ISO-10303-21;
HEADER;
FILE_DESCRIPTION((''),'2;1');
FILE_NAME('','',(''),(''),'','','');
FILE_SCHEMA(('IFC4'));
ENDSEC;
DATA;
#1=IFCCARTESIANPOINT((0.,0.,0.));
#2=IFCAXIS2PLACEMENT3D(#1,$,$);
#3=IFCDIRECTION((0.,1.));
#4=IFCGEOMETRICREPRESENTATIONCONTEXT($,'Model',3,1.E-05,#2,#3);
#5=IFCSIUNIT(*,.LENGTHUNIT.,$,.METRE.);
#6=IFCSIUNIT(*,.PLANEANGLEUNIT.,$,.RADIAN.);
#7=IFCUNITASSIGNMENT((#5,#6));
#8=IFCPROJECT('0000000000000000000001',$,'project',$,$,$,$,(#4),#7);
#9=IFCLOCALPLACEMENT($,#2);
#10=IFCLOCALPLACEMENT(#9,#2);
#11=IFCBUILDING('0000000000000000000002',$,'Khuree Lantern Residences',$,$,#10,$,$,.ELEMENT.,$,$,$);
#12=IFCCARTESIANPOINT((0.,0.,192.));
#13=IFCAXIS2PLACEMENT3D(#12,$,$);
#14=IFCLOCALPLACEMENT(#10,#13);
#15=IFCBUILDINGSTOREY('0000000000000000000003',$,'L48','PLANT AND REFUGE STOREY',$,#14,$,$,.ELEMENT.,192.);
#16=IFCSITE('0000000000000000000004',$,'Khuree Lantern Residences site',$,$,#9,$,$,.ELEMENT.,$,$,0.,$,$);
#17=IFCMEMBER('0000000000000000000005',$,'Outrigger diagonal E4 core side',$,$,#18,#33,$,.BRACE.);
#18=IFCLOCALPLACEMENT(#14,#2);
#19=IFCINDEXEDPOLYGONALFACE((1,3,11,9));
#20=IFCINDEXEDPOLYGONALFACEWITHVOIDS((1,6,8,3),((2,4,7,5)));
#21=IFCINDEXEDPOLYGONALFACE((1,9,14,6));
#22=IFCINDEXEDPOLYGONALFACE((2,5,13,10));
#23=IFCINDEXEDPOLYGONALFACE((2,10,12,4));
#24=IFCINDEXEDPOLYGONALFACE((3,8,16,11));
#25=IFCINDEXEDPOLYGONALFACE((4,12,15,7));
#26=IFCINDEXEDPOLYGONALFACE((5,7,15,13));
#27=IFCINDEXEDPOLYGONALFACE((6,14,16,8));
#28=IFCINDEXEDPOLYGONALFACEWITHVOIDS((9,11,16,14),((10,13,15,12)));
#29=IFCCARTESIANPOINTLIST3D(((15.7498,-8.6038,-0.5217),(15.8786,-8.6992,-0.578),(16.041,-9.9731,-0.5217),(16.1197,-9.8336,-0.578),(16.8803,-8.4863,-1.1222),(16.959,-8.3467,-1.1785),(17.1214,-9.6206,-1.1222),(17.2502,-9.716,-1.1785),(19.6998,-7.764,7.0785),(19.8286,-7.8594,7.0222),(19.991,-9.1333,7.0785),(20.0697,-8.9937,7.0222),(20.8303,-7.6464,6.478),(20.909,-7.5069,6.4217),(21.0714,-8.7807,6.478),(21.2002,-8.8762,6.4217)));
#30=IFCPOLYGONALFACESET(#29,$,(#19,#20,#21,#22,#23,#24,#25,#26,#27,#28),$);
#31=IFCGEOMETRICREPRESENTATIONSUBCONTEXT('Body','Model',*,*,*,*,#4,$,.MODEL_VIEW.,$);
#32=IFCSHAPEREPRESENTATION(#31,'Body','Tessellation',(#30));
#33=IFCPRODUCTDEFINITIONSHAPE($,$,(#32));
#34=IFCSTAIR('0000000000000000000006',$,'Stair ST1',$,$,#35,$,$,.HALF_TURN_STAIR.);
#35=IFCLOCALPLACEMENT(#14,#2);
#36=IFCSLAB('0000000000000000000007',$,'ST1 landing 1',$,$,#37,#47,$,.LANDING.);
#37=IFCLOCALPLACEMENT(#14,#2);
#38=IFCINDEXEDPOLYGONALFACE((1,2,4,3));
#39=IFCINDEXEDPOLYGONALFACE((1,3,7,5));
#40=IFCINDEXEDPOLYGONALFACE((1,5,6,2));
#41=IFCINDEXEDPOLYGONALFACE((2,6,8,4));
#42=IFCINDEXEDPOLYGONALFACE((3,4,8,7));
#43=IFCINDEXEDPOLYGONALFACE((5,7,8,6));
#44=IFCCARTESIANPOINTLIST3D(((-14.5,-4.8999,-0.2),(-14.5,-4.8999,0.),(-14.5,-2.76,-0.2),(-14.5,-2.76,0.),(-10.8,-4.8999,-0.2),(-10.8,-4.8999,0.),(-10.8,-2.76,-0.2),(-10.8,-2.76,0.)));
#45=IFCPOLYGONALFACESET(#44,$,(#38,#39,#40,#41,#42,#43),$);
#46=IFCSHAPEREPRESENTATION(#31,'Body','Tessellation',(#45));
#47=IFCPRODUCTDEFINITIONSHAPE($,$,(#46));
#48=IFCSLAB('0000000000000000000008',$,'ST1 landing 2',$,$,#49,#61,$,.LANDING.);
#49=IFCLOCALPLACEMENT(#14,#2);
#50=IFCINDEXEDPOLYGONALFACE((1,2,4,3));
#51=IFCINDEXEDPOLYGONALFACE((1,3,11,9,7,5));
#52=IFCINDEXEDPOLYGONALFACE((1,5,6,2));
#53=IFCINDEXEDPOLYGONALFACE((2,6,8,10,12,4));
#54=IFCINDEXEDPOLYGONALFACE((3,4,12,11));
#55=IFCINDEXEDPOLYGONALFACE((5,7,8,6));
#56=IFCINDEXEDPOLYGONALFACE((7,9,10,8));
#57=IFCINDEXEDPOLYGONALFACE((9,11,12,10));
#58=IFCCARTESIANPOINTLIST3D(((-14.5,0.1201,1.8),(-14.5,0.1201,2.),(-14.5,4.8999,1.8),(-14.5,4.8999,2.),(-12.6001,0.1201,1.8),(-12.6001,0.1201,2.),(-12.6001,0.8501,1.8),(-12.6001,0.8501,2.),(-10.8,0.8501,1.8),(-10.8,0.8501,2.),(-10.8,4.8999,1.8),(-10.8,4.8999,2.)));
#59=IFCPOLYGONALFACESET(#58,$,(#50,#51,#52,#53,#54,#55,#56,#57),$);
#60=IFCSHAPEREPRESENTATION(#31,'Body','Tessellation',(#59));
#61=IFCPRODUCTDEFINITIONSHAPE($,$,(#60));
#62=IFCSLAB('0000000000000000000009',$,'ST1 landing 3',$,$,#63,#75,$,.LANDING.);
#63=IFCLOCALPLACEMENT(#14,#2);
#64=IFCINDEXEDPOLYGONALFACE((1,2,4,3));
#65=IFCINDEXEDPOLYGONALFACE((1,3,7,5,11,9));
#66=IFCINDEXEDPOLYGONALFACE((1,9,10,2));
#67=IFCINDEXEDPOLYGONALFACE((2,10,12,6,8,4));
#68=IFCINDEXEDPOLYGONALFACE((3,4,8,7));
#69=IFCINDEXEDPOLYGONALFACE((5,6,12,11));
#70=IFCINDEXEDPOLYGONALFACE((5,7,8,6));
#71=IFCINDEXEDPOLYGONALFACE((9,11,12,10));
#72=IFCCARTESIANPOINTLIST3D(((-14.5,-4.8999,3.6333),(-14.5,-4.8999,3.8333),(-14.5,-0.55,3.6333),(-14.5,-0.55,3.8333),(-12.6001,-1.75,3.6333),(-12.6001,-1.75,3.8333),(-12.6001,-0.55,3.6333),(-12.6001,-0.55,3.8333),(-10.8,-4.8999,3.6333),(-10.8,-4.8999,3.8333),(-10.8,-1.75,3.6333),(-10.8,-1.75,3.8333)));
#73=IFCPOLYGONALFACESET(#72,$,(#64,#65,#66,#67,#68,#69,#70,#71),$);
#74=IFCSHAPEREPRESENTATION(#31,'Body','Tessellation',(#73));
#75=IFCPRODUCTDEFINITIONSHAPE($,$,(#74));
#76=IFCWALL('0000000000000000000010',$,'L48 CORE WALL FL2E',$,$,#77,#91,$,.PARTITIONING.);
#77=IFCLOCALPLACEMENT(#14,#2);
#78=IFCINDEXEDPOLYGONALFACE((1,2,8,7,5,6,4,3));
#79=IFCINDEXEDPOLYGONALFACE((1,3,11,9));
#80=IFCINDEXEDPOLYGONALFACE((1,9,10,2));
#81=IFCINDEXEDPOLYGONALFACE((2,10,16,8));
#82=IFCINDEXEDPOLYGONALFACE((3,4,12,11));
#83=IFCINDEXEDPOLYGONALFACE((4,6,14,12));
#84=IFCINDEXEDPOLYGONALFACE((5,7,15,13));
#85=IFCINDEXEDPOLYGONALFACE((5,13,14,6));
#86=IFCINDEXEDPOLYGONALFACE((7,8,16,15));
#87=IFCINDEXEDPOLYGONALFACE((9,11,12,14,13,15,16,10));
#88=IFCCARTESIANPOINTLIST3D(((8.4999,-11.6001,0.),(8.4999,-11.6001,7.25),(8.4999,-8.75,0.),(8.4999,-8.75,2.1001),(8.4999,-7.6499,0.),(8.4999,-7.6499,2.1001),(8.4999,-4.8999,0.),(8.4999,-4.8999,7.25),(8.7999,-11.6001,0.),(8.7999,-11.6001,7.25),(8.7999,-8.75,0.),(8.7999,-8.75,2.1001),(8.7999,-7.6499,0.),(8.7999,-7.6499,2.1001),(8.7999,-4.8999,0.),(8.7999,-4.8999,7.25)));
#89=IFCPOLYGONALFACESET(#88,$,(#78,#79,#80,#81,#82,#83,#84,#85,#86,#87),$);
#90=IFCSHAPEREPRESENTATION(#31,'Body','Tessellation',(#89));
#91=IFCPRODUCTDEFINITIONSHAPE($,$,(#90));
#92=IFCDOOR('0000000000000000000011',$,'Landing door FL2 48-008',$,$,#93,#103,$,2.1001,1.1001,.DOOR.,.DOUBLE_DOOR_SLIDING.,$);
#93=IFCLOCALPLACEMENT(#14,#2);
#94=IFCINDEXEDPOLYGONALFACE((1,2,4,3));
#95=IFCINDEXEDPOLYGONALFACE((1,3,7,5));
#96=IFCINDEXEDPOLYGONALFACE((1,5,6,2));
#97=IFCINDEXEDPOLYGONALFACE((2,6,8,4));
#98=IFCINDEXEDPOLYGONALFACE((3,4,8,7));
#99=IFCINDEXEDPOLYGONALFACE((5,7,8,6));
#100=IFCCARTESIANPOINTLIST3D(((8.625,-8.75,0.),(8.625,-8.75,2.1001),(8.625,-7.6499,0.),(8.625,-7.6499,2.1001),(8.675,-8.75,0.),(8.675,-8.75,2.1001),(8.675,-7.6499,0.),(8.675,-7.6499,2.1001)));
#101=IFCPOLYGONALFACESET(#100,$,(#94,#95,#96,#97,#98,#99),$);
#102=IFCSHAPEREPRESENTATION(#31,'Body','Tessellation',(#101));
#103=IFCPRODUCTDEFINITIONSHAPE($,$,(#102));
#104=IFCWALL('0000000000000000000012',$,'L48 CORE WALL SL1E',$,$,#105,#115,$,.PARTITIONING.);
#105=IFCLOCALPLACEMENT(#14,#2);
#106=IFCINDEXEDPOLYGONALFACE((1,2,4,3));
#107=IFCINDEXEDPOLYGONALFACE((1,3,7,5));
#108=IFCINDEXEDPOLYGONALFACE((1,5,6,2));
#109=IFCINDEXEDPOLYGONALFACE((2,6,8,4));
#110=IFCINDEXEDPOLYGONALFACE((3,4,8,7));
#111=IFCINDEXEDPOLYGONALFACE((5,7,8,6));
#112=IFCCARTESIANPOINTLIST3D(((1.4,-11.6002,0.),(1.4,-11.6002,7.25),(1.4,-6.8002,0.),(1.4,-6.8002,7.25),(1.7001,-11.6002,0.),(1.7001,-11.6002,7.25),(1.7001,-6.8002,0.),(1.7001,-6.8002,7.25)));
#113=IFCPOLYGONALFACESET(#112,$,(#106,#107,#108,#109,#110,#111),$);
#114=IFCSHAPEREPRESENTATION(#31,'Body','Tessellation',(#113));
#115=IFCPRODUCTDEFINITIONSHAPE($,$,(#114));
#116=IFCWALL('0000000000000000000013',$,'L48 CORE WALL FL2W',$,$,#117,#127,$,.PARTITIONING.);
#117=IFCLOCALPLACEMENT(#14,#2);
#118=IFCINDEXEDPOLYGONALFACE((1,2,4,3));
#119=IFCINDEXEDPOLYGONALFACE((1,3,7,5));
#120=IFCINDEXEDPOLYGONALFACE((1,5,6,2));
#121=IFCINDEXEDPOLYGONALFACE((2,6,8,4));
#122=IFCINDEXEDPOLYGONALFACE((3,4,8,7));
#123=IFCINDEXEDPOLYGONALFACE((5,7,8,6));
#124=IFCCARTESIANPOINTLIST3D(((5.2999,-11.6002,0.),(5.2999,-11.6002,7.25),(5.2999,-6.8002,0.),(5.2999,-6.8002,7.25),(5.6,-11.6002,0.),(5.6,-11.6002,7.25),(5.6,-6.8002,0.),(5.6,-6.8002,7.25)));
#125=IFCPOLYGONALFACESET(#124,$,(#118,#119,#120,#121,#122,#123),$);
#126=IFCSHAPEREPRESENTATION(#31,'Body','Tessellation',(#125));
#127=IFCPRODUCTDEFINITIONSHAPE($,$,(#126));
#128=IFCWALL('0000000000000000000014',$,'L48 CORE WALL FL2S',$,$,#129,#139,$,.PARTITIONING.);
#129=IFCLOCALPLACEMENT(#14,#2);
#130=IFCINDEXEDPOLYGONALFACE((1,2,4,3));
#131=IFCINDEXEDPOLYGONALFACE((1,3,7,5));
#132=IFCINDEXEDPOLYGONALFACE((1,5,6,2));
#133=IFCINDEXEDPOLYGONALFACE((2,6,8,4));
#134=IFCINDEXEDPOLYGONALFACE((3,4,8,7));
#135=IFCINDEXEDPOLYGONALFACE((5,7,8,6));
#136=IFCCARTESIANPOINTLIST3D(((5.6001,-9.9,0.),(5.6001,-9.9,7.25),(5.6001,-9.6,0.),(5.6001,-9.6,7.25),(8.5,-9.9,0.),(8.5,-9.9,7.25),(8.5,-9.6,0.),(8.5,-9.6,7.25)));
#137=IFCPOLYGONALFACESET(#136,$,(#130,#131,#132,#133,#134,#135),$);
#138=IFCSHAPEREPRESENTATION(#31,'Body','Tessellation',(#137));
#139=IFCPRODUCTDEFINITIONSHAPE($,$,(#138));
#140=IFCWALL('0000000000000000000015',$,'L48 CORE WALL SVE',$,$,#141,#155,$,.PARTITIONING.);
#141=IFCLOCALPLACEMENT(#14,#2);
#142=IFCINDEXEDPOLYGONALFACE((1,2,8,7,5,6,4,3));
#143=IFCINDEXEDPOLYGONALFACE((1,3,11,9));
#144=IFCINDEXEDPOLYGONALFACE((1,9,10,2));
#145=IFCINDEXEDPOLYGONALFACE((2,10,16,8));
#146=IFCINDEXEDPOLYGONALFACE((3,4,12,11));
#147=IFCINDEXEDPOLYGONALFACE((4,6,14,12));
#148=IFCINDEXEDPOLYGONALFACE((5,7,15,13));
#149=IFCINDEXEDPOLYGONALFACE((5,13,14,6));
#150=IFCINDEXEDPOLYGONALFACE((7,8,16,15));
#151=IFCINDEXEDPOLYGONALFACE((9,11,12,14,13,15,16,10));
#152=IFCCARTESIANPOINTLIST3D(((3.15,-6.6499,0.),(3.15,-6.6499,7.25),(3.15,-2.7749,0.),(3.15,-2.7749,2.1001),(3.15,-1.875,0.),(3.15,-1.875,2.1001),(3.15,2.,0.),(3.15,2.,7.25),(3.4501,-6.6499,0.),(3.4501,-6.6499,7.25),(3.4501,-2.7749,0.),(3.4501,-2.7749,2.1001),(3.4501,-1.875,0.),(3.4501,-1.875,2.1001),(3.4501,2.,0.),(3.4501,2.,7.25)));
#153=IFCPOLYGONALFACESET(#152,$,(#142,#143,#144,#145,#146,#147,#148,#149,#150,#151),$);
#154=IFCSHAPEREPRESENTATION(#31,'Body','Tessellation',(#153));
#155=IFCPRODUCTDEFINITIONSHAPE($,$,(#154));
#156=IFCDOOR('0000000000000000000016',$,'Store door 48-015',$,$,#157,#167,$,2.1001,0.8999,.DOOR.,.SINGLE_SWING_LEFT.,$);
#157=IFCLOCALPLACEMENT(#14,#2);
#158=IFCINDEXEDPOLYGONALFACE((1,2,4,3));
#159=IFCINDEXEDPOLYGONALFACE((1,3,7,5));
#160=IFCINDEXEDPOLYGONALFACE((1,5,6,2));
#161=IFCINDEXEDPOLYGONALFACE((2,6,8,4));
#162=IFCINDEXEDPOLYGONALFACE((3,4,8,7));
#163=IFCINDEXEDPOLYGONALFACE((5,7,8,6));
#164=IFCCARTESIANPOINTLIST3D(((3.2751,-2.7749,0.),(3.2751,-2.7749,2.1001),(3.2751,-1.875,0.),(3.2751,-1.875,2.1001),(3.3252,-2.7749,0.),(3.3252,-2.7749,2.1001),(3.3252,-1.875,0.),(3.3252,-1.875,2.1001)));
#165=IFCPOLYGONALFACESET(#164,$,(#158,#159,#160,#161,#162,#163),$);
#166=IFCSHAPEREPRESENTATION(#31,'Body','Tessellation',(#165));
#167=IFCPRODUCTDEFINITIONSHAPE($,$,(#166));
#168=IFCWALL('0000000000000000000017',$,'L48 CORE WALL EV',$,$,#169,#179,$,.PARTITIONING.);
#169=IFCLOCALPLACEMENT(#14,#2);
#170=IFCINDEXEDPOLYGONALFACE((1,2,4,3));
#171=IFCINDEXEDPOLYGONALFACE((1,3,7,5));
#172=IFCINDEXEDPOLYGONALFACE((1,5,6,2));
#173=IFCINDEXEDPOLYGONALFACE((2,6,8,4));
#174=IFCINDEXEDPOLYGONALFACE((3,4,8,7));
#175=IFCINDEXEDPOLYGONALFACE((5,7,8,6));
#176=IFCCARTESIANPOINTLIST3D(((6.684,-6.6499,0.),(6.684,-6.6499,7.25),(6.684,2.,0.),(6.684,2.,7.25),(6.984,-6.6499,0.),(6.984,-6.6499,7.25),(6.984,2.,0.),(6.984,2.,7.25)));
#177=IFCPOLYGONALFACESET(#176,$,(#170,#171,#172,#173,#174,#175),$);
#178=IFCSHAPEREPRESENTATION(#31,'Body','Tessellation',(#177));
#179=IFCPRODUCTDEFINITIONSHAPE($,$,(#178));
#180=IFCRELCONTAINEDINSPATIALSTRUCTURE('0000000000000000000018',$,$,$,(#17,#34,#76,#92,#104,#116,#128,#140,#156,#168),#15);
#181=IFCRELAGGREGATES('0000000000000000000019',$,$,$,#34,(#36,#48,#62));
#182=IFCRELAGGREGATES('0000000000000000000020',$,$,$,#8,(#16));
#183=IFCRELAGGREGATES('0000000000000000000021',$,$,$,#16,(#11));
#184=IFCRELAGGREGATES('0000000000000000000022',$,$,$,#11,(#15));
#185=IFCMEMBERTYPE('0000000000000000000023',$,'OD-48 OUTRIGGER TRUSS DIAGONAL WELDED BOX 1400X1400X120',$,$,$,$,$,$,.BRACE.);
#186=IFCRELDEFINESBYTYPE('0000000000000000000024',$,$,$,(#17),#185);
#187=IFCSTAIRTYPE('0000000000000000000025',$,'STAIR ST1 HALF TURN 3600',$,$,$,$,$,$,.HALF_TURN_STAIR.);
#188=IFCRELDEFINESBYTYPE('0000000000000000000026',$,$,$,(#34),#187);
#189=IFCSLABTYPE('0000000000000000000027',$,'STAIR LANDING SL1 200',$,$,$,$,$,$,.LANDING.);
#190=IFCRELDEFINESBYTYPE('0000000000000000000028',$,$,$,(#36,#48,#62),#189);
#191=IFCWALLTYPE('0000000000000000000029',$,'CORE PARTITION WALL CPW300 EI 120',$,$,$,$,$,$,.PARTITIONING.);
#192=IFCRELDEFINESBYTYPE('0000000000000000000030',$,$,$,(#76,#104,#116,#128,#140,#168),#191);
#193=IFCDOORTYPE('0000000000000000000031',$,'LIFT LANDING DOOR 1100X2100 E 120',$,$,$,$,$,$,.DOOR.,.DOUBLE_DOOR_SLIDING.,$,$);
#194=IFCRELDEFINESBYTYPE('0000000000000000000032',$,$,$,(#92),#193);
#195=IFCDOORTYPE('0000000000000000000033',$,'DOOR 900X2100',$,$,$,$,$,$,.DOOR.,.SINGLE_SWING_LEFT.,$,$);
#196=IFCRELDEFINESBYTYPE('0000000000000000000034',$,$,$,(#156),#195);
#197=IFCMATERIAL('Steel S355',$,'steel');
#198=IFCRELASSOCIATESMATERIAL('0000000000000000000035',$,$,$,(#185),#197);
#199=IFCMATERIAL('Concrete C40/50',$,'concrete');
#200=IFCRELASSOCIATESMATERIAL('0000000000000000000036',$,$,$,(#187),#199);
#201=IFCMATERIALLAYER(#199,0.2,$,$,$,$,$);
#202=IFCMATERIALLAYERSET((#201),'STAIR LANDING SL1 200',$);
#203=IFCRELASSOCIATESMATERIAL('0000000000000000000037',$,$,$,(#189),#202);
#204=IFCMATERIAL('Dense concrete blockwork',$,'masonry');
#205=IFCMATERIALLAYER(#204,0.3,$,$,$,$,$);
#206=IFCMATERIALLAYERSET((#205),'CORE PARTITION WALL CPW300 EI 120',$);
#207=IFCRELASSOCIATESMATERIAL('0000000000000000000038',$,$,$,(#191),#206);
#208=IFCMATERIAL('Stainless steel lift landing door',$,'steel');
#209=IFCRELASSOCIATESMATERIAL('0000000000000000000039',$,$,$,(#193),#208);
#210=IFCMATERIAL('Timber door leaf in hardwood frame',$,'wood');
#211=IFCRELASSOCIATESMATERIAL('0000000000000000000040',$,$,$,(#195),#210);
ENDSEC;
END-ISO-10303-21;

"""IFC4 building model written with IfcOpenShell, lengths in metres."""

from ifc_helpers import new_model, si_unit, direction, frame, frame_2d, origin, origin_2d, place, context, subcontext, project, spatial, polyline, rectangle, hollow_rectangle, outline, extrude, material, layer, layer_set, material_profile, profile_set, type_object, element, fill, aggregate, save


model = new_model("IFC4")

# Units and contexts
model_context = context("Model", 3, precision=1e-05, world=origin(), true_north=direction((0.0, 1.0)))
body_context = subcontext(model_context, "Body", "Model", "MODEL_VIEW")
ifc_project = project(units=[si_unit("LENGTHUNIT", "METRE"), si_unit("PLANEANGLEUNIT", "RADIAN")], contexts=[model_context])

# Site, building, storey
site_placement = place(None, origin())
site = spatial("IfcSite", under=ifc_project, at=site_placement, Name="Khuree Lantern Residences site", CompositionType="ELEMENT", RefElevation=0.0)
building_placement = place(site_placement, origin())
building = spatial("IfcBuilding", under=site, at=building_placement, Name="Khuree Lantern Residences", CompositionType="ELEMENT")
storey_placement = place(building_placement, frame((0.0, 0.0, 192.0)))
storey = spatial("IfcBuildingStorey", under=building, at=storey_placement, Name="L48", Description="PLANT AND REFUGE STOREY", CompositionType="ELEMENT", Elevation=192.0)

# Member
ifc_material_1 = material(Name="Steel S355", Category="steel")
ifc_material_profile = material_profile(ifc_material_1, hollow_rectangle(XDim=1.3999, YDim=1.3999, WallThickness=0.1201, at=origin_2d()), Name="WELDED BOX 1400X1400X120")
ifc_profile_set = profile_set([ifc_material_profile], Name="Steel S355")
member_type = type_object("IfcMemberType", Name="OD-48 OUTRIGGER TRUSS DIAGONAL WELDED BOX 1400X1400X120", PredefinedType="BRACE", material=ifc_profile_set)
member_placement = place(storey_placement, frame((16.5, -9.1599, -0.8501), z_axis=(0.458959, 0.097584, 0.883082), x_axis=(-0.207972, 0.978135, 0.0)))
element("IfcMember", 1, at=member_placement, inside=storey, type_object=member_type, Name="Outrigger diagonal E4 core side", PredefinedType="BRACE", context=body_context, shape_type="SweptSolid", body=[
    extrude(hollow_rectangle(XDim=1.3999, YDim=1.3999, WallThickness=0.1201, at=origin_2d()), origin(), (0.0, 0.0, 1.0), 8.6064),
])

# Stair, slabs
ifc_material_2 = material(Name="Concrete C40/50", Category="concrete")
stair_type = type_object("IfcStairType", Name="STAIR ST1 HALF TURN 3600", PredefinedType="HALF_TURN_STAIR", material=ifc_material_2)
stair_1_placement = place(storey_placement, origin())
stair_1 = element("IfcStair", 2, at=stair_1_placement, inside=storey, type_object=stair_type, Name="Stair ST1", PredefinedType="HALF_TURN_STAIR")
ifc_layer_1 = layer(ifc_material_2, 0.2)
ifc_layer_set_1 = layer_set([ifc_layer_1], Name="STAIR LANDING SL1 200")
slab_type = type_object("IfcSlabType", Name="STAIR LANDING SL1 200", PredefinedType="LANDING", material=ifc_layer_set_1)
slab_1_placement = place(storey_placement, frame((0.0, 0.0, -0.2)))
slab_1 = element("IfcSlab", 3, at=slab_1_placement, type_object=slab_type, Name="ST1 landing 1", PredefinedType="LANDING", context=body_context, shape_type="SweptSolid", body=[
    extrude(outline(polyline([(-14.5, -4.8999), (-10.8, -4.8999), (-10.8, -2.76), (-14.5, -2.76), (-14.5, -4.8999)])), origin(), (0.0, 0.0, 1.0), 0.2),
])
slab_2_placement = place(storey_placement, frame((0.0, 0.0, 1.8)))
slab_2 = element("IfcSlab", 4, at=slab_2_placement, type_object=slab_type, Name="ST1 landing 2", PredefinedType="LANDING", context=body_context, shape_type="SweptSolid", body=[
    extrude(outline(polyline([(-12.6001, 0.1201), (-14.5, 0.1201), (-14.5, 4.8999), (-10.8, 4.8999), (-10.8, 0.8501), (-12.6001, 0.8501), (-12.6001, 0.1201)])), origin(), (0.0, 0.0, 1.0), 0.2),
])
slab_3_placement = place(storey_placement, frame((0.0, 0.0, 3.6333)))
slab_3 = element("IfcSlab", 5, at=slab_3_placement, type_object=slab_type, Name="ST1 landing 3", PredefinedType="LANDING", context=body_context, shape_type="SweptSolid", body=[
    extrude(outline(polyline([(-10.8, -1.75), (-10.8, -4.8999), (-14.5, -4.8999), (-14.5, -0.55), (-12.6001, -0.55), (-12.6001, -1.75), (-10.8, -1.75)])), origin(), (0.0, 0.0, 1.0), 0.2),
])
aggregate(stair_1, [slab_1, slab_2, slab_3])

# Wall, opening, door
ifc_material_3 = material(Name="Dense concrete blockwork", Category="masonry")
ifc_layer_2 = layer(ifc_material_3, 0.3)
ifc_layer_set_2 = layer_set([ifc_layer_2], Name="CORE PARTITION WALL CPW300 EI 120")
wall_type_1 = type_object("IfcWallType", Name="CORE PARTITION WALL CPW300 EI 120", PredefinedType="PARTITIONING", material=ifc_layer_set_2)
wall_1_placement = place(storey_placement, frame((8.6499, -11.6001, 0.0), z_axis=(0.0, 0.0, 1.0), x_axis=(0.0, 1.0, 0.0)))
wall_1 = element("IfcWall", 6, at=wall_1_placement, inside=storey, type_object=wall_type_1, Name="L48 CORE WALL FL2E", PredefinedType="PARTITIONING", context=body_context, shape_type="SweptSolid", body=[
    extrude(rectangle(XDim=6.7002, YDim=0.3, at=frame_2d((3.3501, 0.0))), origin(), (0.0, 0.0, 1.0), 7.25),
])
opening_1_placement = place(wall_1_placement, frame((2.8501, 0.0, 0.0)))
opening_1 = element("IfcOpeningElement", 7, at=opening_1_placement, cuts=wall_1, PredefinedType="OPENING", context=body_context, shape_type="SweptSolid", body=[
    extrude(rectangle(XDim=1.1001, YDim=2.1001, at=frame_2d((0.55, 1.05))), frame((0.0, 0.1602, 0.0), z_axis=(0.0, -1.0, 0.0), x_axis=(1.0, 0.0, 0.0)), (0.0, 0.0, 1.0), 0.3201),
])
ifc_material_4 = material(Name="Stainless steel lift landing door", Category="steel")
door_type_1 = type_object("IfcDoorType", Name="LIFT LANDING DOOR 1100X2100 E 120", OperationType="DOUBLE_DOOR_SLIDING", PredefinedType="DOOR", material=ifc_material_4)
door_1_placement = place(opening_1_placement, origin())
door_1 = element("IfcDoor", 8, at=door_1_placement, inside=storey, type_object=door_type_1, Name="Landing door FL2 48-008", OperationType="DOUBLE_DOOR_SLIDING", OverallHeight=2.1001, OverallWidth=1.1001, PredefinedType="DOOR", context=body_context, shape_type="SweptSolid", body=[
    extrude(rectangle(XDim=1.1001, YDim=2.1001, at=frame_2d((0.55, 1.05))), frame((0.0, 0.0249, 0.0), z_axis=(0.0, -1.0, 0.0), x_axis=(1.0, 0.0, 0.0)), (0.0, 0.0, 1.0), 0.05),
])
fill(opening_1, door_1)

# Walls
for number, where, z_axis, x_axis, name in (
    (9, (1.55, -11.6001, 0.0), (0.0, 0.0, 1.0), (0.0, 1.0, 0.0), "L48 CORE WALL SL1E"),
    (10, (5.45, -11.6001, 0.0), (0.0, 0.0, 1.0), (0.0, 1.0, 0.0), "L48 CORE WALL FL2W"),
):
    element("IfcWall", number, at=place(storey_placement, frame(where, z_axis=z_axis, x_axis=x_axis)), inside=storey, type_object=wall_type_1, Name=name, PredefinedType="PARTITIONING", context=body_context, shape_type="SweptSolid", body=[
        extrude(rectangle(XDim=4.8, YDim=0.3, at=frame_2d((2.3999, 0.0))), origin(), (0.0, 0.0, 1.0), 7.25),
    ])
wall_2_placement = place(storey_placement, frame((5.6001, -9.75, 0.0), z_axis=(0.0, 0.0, 1.0), x_axis=(1.0, 0.0, 0.0)))
element("IfcWall", 11, at=wall_2_placement, inside=storey, type_object=wall_type_1, Name="L48 CORE WALL FL2S", PredefinedType="PARTITIONING", context=body_context, shape_type="SweptSolid", body=[
    extrude(rectangle(XDim=2.8999, YDim=0.3, at=frame_2d((1.45, 0.0))), origin(), (0.0, 0.0, 1.0), 7.25),
])

# Wall, opening, door
wall_3_placement = place(storey_placement, frame((3.3, -6.6499, 0.0), z_axis=(0.0, 0.0, 1.0), x_axis=(0.0, 1.0, 0.0)))
wall_3 = element("IfcWall", 12, at=wall_3_placement, inside=storey, type_object=wall_type_1, Name="L48 CORE WALL SVE", PredefinedType="PARTITIONING", context=body_context, shape_type="SweptSolid", body=[
    extrude(rectangle(XDim=8.6499, YDim=0.3, at=frame_2d((4.325, 0.0))), origin(), (0.0, 0.0, 1.0), 7.25),
])
opening_2_placement = place(wall_3_placement, frame((3.875, 0.0, 0.0)))
opening_2 = element("IfcOpeningElement", 13, at=opening_2_placement, cuts=wall_3, PredefinedType="OPENING", context=body_context, shape_type="SweptSolid", body=[
    extrude(rectangle(XDim=0.8999, YDim=2.1001, at=frame_2d((0.45, 1.05))), frame((0.0, 0.1602, 0.0), z_axis=(0.0, -1.0, 0.0), x_axis=(1.0, 0.0, 0.0)), (0.0, 0.0, 1.0), 0.3201),
])
ifc_material_5 = material(Name="Timber door leaf in hardwood frame", Category="wood")
door_type_2 = type_object("IfcDoorType", Name="DOOR 900X2100", OperationType="SINGLE_SWING_LEFT", PredefinedType="DOOR", material=ifc_material_5)
door_2_placement = place(opening_2_placement, origin())
door_2 = element("IfcDoor", 14, at=door_2_placement, inside=storey, type_object=door_type_2, Name="Store door 48-015", OperationType="SINGLE_SWING_LEFT", OverallHeight=2.1001, OverallWidth=0.8999, PredefinedType="DOOR", context=body_context, shape_type="SweptSolid", body=[
    extrude(rectangle(XDim=0.8999, YDim=2.1001, at=frame_2d((0.45, 1.05))), frame((0.0, 0.0249, 0.0), z_axis=(0.0, -1.0, 0.0), x_axis=(1.0, 0.0, 0.0)), (0.0, 0.0, 1.0), 0.05),
])
fill(opening_2, door_2)

# Wall
wall_4_placement = place(storey_placement, frame((6.834, -6.6499, 0.0), z_axis=(0.0, 0.0, 1.0), x_axis=(0.0, 1.0, 0.0)))
element("IfcWall", 15, at=wall_4_placement, inside=storey, type_object=wall_type_1, Name="L48 CORE WALL EV", PredefinedType="PARTITIONING", context=body_context, shape_type="SweptSolid", body=[
    extrude(rectangle(XDim=8.6499, YDim=0.3, at=frame_2d((4.325, 0.0))), origin(), (0.0, 0.0, 1.0), 7.25),
])

save(model, "model.ifc")
